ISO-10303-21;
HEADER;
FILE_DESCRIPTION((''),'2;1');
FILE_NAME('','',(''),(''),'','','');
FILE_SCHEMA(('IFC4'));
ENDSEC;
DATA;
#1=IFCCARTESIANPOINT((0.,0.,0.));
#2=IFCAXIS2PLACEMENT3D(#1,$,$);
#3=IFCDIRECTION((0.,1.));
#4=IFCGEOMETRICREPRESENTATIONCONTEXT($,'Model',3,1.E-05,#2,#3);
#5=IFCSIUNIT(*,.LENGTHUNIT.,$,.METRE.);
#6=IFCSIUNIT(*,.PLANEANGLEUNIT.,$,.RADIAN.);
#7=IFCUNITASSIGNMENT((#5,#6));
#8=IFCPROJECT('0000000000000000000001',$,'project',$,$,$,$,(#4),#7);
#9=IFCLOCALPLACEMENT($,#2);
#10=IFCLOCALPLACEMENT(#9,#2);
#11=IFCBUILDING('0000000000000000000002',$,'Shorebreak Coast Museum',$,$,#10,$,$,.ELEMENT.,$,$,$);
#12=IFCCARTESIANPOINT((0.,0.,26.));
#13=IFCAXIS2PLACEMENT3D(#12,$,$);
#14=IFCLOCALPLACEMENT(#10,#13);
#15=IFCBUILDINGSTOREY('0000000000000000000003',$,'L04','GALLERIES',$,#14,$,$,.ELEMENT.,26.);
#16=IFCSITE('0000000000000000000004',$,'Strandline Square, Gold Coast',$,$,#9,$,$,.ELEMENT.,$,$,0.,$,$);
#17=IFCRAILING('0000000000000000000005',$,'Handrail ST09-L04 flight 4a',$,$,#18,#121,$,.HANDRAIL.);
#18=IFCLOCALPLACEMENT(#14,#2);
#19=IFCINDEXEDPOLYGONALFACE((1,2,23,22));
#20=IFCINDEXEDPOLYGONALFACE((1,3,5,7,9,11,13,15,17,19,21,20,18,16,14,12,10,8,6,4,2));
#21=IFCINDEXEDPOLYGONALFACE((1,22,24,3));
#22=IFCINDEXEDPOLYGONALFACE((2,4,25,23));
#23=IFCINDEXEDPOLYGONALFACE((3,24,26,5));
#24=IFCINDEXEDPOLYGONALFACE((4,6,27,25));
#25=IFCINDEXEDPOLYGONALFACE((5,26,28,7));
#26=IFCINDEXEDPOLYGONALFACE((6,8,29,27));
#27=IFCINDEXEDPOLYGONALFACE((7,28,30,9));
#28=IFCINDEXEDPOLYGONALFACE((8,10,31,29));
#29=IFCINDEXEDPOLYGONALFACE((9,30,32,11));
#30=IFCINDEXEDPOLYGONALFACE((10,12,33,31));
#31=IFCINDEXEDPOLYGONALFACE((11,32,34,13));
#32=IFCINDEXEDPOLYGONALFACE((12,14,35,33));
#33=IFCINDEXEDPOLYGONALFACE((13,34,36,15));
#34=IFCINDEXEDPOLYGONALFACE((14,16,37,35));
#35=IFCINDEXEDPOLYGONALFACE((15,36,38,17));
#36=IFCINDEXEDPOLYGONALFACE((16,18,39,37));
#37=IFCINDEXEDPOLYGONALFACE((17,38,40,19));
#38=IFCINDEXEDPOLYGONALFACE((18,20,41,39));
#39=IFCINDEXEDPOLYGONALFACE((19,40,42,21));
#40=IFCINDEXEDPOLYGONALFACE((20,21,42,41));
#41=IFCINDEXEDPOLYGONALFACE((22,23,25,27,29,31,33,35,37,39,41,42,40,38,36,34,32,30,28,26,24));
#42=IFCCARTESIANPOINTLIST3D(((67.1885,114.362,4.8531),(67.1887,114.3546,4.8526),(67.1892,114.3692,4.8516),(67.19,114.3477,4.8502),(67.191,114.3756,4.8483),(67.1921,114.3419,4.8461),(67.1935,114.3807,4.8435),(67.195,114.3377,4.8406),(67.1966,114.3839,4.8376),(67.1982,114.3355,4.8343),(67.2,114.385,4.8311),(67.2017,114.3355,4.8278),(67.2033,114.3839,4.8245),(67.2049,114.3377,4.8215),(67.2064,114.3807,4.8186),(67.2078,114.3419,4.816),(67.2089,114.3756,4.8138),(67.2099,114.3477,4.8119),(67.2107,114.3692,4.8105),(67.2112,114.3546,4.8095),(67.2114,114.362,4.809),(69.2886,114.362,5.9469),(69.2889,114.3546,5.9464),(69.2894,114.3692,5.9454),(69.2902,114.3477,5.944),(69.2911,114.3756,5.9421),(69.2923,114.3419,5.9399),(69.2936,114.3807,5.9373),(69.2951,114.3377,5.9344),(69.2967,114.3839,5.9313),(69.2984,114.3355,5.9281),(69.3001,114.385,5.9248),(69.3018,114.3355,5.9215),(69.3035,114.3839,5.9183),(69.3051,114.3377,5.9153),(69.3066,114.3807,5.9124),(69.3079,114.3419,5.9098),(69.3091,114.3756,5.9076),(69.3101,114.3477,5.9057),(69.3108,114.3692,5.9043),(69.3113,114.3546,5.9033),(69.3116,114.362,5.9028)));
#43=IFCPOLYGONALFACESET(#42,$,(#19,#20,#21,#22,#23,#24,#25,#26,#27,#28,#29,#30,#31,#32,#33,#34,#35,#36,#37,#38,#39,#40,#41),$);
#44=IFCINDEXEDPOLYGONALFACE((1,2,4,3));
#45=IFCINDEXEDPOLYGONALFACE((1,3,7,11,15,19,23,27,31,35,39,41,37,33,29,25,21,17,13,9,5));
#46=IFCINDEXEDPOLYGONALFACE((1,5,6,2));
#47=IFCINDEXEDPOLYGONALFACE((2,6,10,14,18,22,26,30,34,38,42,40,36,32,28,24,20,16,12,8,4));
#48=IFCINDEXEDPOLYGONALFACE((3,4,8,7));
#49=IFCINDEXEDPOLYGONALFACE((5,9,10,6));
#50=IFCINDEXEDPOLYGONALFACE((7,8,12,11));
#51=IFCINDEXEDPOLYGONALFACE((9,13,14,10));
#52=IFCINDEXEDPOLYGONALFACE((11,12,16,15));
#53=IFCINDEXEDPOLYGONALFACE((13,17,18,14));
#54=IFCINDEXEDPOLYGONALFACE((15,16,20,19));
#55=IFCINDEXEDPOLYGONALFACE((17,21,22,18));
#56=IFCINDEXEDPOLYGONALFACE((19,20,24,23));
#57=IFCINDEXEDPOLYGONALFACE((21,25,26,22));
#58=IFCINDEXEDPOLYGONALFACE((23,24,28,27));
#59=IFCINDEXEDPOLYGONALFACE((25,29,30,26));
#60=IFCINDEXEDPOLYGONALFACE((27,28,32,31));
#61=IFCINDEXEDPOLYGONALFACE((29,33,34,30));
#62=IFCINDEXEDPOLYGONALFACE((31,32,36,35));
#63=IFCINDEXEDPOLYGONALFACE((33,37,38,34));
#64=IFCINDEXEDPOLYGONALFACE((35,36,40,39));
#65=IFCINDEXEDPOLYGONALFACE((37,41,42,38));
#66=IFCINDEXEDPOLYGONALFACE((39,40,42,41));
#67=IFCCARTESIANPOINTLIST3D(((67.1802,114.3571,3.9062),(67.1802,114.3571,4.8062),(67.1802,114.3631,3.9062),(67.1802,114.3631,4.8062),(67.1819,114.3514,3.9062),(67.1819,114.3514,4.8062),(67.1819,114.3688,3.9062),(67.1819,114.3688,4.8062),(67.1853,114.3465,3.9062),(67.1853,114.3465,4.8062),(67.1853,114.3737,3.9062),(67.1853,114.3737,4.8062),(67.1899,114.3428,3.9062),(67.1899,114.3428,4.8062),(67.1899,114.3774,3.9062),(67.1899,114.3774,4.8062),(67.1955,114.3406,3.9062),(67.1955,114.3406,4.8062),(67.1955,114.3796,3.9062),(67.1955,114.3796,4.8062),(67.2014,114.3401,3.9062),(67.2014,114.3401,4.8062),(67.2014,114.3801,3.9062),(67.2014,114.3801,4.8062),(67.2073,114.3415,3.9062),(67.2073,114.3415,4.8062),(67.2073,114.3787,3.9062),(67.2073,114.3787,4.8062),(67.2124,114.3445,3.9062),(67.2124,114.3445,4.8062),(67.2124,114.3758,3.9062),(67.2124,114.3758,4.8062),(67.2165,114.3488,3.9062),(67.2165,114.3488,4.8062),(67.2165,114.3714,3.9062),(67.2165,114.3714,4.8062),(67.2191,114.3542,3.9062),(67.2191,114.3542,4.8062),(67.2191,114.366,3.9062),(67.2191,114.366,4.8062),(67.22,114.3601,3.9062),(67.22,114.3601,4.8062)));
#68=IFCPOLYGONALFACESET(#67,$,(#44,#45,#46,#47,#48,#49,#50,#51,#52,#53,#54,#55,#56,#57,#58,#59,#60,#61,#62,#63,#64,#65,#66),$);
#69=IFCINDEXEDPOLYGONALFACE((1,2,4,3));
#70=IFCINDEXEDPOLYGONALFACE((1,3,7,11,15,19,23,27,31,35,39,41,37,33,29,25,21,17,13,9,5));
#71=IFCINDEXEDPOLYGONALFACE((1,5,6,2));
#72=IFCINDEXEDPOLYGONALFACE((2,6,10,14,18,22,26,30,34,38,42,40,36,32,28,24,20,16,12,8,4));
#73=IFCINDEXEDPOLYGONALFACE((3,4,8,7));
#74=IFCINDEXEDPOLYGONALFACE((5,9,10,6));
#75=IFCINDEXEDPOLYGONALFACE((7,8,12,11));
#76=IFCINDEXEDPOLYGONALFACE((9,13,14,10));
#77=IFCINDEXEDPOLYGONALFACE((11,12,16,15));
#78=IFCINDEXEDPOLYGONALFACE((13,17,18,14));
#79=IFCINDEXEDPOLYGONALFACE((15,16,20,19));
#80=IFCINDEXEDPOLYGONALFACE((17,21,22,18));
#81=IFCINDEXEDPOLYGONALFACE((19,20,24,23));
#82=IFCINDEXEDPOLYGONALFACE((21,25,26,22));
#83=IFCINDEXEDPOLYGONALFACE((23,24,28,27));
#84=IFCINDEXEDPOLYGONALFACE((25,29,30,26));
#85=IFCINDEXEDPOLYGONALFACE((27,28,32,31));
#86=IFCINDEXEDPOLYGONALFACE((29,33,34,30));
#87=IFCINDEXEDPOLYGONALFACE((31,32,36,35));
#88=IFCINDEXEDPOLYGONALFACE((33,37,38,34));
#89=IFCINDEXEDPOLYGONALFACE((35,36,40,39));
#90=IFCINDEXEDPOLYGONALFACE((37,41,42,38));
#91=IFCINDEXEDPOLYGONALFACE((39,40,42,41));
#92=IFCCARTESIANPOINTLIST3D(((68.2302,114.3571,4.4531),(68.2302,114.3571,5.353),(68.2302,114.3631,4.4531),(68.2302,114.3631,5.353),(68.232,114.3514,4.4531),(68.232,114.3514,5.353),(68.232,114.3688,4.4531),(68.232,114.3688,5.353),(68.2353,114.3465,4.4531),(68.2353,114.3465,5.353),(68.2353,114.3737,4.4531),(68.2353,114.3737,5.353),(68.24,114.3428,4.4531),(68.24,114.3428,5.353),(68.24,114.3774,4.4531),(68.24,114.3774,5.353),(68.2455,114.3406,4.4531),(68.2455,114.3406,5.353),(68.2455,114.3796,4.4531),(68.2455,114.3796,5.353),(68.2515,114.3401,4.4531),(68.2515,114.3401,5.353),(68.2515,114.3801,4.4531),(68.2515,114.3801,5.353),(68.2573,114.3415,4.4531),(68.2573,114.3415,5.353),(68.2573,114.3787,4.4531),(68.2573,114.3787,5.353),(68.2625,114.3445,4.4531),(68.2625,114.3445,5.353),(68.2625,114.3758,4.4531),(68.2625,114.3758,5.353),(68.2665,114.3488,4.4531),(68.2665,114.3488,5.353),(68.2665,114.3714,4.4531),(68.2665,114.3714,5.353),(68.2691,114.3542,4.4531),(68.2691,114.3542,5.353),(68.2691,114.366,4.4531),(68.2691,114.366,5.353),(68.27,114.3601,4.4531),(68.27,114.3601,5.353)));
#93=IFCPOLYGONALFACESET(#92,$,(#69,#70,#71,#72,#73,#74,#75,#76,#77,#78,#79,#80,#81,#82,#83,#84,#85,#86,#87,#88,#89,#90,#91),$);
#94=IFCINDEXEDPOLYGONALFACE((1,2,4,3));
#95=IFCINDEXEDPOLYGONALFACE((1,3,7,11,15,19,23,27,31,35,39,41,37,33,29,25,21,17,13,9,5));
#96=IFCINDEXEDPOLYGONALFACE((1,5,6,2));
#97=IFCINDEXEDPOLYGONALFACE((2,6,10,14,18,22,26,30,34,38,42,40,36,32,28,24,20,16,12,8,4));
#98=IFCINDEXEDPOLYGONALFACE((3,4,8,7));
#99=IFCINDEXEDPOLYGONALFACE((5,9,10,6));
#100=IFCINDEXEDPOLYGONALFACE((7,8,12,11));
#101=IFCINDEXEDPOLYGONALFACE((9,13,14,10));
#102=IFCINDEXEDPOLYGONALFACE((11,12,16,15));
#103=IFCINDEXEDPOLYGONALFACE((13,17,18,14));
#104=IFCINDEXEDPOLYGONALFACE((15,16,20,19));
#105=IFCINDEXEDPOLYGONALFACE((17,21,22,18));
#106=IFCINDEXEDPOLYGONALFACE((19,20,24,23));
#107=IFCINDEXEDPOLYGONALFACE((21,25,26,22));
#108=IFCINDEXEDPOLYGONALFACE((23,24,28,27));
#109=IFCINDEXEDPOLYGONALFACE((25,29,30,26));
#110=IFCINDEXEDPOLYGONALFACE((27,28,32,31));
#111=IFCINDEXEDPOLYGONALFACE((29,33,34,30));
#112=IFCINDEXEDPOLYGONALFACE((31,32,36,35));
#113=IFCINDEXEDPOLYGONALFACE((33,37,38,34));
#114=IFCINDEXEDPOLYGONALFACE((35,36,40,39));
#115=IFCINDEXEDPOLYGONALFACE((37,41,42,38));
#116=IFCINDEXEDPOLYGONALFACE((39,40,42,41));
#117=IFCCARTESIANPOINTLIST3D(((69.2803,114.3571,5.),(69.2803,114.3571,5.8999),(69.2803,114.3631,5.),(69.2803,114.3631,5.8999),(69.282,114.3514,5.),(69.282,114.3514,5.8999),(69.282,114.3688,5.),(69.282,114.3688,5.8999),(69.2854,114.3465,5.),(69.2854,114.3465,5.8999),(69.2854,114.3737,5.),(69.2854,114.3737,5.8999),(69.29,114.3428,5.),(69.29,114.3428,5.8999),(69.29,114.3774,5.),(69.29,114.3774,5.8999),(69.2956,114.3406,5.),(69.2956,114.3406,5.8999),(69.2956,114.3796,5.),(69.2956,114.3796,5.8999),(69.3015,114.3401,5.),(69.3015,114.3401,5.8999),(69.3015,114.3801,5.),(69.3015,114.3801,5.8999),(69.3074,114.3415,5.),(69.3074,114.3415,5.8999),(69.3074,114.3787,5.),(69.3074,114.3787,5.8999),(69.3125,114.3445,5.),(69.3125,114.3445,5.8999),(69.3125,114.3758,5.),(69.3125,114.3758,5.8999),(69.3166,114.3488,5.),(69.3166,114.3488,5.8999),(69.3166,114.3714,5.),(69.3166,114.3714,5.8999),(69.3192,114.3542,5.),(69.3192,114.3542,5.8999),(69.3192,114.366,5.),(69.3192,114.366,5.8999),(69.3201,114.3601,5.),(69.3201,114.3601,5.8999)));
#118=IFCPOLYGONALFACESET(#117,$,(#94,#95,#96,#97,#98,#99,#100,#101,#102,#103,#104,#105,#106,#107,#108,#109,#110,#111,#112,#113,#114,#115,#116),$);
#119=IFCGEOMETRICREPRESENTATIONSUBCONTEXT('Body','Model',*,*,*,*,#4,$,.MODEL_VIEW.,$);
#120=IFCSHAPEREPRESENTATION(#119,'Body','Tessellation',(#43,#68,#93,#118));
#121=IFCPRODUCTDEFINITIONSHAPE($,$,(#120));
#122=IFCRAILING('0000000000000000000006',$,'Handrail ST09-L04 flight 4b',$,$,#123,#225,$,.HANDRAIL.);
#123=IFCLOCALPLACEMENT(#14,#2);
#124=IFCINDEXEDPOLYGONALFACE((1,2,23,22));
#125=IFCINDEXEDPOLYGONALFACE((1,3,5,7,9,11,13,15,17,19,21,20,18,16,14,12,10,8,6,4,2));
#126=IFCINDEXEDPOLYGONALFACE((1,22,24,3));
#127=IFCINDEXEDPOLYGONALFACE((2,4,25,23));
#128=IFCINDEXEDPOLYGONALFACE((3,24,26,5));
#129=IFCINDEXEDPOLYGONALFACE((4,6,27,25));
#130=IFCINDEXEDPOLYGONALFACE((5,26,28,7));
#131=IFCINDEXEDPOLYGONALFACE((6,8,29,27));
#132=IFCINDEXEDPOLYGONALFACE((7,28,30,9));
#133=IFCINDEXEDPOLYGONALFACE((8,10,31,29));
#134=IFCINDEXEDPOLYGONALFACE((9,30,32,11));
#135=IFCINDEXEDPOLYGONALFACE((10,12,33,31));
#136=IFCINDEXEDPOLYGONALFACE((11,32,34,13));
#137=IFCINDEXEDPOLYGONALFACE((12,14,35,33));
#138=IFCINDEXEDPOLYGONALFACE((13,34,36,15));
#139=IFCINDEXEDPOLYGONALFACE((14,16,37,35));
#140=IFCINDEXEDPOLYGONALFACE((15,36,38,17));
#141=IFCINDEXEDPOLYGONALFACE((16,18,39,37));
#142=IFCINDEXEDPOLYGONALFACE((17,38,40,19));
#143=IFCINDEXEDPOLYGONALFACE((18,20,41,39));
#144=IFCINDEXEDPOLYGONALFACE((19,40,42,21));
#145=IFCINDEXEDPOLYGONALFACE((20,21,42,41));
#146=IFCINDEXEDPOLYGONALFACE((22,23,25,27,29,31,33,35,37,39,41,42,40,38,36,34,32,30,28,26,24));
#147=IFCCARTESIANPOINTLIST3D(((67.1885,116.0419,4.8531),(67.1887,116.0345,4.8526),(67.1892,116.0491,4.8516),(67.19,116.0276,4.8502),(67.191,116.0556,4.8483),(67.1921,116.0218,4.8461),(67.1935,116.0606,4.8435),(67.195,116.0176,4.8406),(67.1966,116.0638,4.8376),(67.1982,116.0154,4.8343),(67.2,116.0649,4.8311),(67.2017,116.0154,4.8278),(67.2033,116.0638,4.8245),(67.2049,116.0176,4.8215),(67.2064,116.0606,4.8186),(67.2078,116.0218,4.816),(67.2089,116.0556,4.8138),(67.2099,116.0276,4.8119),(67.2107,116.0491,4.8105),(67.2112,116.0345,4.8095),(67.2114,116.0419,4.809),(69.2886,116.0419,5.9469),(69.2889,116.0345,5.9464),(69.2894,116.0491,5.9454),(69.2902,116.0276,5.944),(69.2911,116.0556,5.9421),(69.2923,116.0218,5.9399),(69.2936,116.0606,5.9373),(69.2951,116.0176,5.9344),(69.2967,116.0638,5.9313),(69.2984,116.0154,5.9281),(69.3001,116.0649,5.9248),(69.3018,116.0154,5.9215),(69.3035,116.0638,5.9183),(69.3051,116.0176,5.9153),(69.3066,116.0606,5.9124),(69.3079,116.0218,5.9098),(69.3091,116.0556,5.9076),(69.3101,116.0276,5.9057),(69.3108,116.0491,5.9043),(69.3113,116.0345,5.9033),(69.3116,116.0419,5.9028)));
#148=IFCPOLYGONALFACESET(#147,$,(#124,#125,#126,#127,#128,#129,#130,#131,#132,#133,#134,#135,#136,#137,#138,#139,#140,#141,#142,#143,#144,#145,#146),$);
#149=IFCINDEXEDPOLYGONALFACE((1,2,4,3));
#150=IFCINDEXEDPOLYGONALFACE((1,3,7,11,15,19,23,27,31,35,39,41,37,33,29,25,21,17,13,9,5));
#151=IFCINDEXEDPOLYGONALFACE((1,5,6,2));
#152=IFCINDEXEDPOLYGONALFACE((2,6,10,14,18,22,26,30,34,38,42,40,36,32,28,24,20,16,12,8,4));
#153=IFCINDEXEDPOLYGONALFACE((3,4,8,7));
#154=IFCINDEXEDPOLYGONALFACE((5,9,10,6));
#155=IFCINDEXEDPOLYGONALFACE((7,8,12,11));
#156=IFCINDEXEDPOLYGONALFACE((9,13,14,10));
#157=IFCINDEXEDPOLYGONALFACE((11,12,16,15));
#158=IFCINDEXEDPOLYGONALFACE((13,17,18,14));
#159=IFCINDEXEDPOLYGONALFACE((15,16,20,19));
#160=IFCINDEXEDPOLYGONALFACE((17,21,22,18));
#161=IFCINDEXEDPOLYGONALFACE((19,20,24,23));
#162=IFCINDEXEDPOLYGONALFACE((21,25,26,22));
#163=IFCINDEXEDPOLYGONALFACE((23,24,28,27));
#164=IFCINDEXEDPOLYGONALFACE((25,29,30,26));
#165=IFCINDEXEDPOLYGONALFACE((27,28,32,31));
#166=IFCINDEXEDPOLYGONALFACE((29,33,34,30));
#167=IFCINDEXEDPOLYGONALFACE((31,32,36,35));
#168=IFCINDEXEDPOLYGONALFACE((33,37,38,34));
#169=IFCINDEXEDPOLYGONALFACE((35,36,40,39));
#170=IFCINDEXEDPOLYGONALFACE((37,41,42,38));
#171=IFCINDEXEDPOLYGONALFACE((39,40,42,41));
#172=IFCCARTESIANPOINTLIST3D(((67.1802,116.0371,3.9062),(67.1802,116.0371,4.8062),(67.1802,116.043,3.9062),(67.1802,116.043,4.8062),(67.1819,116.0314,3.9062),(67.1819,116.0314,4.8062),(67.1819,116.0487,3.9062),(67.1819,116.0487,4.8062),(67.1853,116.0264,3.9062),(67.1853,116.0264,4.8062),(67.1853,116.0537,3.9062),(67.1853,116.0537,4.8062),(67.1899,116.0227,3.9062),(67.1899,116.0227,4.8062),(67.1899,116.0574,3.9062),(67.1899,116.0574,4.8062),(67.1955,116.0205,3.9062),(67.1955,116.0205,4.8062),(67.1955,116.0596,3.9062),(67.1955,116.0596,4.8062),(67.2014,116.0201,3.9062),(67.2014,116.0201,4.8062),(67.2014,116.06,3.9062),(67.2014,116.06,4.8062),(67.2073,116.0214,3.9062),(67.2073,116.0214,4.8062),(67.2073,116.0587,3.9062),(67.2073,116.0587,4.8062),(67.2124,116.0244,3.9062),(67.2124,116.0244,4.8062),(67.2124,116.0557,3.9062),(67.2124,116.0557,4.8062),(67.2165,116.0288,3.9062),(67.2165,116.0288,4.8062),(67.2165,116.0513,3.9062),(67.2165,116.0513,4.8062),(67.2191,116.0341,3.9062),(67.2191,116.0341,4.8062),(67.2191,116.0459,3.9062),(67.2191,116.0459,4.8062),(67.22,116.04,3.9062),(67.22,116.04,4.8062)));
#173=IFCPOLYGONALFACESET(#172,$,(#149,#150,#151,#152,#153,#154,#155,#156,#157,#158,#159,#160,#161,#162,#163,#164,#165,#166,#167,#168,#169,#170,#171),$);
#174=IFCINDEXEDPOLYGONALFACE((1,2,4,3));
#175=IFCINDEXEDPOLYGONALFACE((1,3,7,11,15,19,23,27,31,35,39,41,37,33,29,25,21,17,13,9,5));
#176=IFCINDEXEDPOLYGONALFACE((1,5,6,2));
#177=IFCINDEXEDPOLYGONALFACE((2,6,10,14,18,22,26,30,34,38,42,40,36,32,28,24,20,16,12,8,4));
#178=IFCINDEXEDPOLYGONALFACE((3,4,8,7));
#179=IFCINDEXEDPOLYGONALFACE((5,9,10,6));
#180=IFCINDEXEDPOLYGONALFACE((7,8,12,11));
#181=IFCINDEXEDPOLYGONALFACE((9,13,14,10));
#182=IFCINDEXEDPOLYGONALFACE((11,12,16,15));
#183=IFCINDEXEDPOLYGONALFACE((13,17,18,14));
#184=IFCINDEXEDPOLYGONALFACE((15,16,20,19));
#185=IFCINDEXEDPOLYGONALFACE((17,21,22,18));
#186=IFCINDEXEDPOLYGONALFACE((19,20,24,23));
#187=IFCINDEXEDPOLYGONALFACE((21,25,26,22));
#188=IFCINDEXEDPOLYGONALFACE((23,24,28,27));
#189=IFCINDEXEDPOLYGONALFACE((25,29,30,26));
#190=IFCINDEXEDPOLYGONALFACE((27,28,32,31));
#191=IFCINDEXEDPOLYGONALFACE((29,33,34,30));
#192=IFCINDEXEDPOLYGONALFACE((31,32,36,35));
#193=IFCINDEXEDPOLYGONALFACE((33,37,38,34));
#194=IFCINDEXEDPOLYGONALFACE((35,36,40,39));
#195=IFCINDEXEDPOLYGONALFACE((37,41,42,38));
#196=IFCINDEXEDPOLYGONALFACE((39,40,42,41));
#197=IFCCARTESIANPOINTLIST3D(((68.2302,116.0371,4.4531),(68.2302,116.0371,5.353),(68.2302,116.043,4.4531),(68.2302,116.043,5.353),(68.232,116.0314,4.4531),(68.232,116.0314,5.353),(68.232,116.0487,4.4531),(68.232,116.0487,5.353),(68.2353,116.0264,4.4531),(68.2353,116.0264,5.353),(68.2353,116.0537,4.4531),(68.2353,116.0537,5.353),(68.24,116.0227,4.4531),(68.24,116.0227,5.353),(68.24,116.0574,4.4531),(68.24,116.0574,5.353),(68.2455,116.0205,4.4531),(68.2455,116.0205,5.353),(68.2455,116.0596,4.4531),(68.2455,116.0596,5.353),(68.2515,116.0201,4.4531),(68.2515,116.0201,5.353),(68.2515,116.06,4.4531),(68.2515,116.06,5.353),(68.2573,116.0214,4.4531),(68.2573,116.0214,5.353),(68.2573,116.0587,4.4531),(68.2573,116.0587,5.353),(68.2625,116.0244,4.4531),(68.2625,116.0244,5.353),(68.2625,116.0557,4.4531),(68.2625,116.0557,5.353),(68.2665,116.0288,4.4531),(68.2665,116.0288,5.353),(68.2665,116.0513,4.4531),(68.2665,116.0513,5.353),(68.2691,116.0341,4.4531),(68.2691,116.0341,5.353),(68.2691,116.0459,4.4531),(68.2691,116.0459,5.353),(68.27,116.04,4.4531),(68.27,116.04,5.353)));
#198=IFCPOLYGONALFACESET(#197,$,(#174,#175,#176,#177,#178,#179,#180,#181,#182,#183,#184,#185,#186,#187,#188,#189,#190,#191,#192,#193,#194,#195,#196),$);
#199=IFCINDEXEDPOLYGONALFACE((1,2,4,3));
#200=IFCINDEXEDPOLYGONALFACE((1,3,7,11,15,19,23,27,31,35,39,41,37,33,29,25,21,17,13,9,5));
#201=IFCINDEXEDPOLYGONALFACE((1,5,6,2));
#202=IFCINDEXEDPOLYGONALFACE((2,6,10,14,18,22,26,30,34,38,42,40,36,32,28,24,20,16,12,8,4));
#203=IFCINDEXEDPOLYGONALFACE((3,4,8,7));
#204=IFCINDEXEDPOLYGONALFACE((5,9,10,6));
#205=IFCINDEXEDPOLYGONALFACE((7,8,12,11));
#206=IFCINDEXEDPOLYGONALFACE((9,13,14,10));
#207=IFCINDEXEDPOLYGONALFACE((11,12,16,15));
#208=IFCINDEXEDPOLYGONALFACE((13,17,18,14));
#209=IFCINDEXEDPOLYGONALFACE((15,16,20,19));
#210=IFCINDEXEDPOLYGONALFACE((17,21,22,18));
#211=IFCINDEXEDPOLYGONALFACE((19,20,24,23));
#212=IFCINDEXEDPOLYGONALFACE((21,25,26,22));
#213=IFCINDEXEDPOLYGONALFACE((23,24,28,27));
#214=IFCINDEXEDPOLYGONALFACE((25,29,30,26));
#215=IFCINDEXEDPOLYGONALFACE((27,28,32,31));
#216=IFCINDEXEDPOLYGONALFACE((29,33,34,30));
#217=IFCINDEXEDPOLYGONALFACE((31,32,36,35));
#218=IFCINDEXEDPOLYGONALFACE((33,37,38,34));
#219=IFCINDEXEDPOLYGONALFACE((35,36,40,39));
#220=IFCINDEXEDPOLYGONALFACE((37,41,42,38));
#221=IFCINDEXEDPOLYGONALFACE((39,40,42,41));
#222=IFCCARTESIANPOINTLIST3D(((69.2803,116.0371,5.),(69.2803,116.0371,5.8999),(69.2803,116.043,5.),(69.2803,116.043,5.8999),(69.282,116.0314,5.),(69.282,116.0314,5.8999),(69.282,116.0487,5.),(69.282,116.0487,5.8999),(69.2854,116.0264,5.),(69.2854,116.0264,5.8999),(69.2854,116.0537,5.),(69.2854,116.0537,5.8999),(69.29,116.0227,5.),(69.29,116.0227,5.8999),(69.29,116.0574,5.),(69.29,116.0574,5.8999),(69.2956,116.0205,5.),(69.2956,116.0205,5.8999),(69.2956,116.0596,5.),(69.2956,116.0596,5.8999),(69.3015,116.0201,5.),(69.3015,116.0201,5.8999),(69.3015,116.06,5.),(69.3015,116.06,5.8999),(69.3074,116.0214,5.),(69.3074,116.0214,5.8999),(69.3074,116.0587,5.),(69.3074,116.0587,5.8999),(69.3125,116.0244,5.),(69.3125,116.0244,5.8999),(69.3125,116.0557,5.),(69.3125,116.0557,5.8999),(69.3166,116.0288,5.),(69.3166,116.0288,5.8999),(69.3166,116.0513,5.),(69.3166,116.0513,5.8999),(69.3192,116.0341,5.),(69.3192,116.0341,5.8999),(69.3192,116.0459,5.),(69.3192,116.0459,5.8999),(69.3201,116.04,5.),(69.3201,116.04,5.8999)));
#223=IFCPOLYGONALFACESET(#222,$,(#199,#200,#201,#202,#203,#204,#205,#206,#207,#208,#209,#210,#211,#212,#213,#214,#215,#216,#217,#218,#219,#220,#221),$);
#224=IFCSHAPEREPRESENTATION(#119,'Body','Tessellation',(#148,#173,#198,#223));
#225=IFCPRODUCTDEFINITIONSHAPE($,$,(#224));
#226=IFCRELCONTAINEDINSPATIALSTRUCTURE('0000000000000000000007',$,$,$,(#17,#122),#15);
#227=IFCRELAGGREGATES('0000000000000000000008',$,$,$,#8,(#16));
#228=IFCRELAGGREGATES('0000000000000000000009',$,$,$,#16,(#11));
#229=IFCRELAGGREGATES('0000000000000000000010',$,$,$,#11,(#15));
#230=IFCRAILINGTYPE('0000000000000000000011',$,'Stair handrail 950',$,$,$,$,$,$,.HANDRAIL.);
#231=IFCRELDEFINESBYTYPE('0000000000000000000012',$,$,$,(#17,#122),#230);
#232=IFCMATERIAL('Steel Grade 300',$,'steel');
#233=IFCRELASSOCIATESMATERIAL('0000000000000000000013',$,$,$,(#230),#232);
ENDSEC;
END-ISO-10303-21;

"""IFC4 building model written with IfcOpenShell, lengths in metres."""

from ifc_helpers import new_model, si_unit, direction, frame, origin, origin_2d, place, context, subcontext, project, spatial, circle, extrude, material, type_object, element, save


model = new_model("IFC4")

# Units and contexts
model_context = context("Model", 3, precision=1e-05, world=origin(), true_north=direction((0.0, 1.0)))
body_context = subcontext(model_context, "Body", "Model", "MODEL_VIEW")
ifc_project = project(units=[si_unit("LENGTHUNIT", "METRE"), si_unit("PLANEANGLEUNIT", "RADIAN")], contexts=[model_context])

# Site, building, storey
site_placement = place(None, origin())
site = spatial("IfcSite", under=ifc_project, at=site_placement, Name="Strandline Square, Gold Coast", CompositionType="ELEMENT", RefElevation=0.0)
building_placement = place(site_placement, origin())
building = spatial("IfcBuilding", under=site, at=building_placement, Name="Shorebreak Coast Museum", CompositionType="ELEMENT")
storey_placement = place(building_placement, frame((0.0, 0.0, 26.0)))
storey = spatial("IfcBuildingStorey", under=building, at=storey_placement, Name="L04", Description="GALLERIES", CompositionType="ELEMENT", Elevation=26.0)

# Railings
ifc_material_1 = material(Name="Steel Grade 300", Category="steel")
railing_type_1 = type_object("IfcRailingType", Name="Stair handrail 950", PredefinedType="HANDRAIL", material=ifc_material_1)
for number, where, name in (
    (1, (67.2, 114.3601, 3.9062), "Handrail ST09-L04 flight 4a"),
    (2, (67.2, 116.04, 3.9062), "Handrail ST09-L04 flight 4b"),
):
    element("IfcRailing", number, at=place(storey_placement, frame(where)), inside=storey, type_object=railing_type_1, Name=name, PredefinedType="HANDRAIL", context=body_context, shape_type="SweptSolid", body=[
        extrude(circle(Radius=0.0249, at=origin_2d()), frame((0.0, 0.0, 0.9248), z_axis=(0.886923, 0.0, 0.461918), x_axis=(0.0, 1.0, 0.0)), (0.0, 0.0, 1.0), 2.3679),
        extrude(circle(Radius=0.02, at=origin_2d()), origin(), (0.0, 0.0, 1.0), 0.8999),
        extrude(circle(Radius=0.02, at=origin_2d()), frame((1.05, 0.0, 0.5469)), (0.0, 0.0, 1.0), 0.8999),
        extrude(circle(Radius=0.02, at=origin_2d()), frame((2.1001, 0.0, 1.0938)), (0.0, 0.0, 1.0), 0.8999),
    ])

save(model, "model.ifc")
